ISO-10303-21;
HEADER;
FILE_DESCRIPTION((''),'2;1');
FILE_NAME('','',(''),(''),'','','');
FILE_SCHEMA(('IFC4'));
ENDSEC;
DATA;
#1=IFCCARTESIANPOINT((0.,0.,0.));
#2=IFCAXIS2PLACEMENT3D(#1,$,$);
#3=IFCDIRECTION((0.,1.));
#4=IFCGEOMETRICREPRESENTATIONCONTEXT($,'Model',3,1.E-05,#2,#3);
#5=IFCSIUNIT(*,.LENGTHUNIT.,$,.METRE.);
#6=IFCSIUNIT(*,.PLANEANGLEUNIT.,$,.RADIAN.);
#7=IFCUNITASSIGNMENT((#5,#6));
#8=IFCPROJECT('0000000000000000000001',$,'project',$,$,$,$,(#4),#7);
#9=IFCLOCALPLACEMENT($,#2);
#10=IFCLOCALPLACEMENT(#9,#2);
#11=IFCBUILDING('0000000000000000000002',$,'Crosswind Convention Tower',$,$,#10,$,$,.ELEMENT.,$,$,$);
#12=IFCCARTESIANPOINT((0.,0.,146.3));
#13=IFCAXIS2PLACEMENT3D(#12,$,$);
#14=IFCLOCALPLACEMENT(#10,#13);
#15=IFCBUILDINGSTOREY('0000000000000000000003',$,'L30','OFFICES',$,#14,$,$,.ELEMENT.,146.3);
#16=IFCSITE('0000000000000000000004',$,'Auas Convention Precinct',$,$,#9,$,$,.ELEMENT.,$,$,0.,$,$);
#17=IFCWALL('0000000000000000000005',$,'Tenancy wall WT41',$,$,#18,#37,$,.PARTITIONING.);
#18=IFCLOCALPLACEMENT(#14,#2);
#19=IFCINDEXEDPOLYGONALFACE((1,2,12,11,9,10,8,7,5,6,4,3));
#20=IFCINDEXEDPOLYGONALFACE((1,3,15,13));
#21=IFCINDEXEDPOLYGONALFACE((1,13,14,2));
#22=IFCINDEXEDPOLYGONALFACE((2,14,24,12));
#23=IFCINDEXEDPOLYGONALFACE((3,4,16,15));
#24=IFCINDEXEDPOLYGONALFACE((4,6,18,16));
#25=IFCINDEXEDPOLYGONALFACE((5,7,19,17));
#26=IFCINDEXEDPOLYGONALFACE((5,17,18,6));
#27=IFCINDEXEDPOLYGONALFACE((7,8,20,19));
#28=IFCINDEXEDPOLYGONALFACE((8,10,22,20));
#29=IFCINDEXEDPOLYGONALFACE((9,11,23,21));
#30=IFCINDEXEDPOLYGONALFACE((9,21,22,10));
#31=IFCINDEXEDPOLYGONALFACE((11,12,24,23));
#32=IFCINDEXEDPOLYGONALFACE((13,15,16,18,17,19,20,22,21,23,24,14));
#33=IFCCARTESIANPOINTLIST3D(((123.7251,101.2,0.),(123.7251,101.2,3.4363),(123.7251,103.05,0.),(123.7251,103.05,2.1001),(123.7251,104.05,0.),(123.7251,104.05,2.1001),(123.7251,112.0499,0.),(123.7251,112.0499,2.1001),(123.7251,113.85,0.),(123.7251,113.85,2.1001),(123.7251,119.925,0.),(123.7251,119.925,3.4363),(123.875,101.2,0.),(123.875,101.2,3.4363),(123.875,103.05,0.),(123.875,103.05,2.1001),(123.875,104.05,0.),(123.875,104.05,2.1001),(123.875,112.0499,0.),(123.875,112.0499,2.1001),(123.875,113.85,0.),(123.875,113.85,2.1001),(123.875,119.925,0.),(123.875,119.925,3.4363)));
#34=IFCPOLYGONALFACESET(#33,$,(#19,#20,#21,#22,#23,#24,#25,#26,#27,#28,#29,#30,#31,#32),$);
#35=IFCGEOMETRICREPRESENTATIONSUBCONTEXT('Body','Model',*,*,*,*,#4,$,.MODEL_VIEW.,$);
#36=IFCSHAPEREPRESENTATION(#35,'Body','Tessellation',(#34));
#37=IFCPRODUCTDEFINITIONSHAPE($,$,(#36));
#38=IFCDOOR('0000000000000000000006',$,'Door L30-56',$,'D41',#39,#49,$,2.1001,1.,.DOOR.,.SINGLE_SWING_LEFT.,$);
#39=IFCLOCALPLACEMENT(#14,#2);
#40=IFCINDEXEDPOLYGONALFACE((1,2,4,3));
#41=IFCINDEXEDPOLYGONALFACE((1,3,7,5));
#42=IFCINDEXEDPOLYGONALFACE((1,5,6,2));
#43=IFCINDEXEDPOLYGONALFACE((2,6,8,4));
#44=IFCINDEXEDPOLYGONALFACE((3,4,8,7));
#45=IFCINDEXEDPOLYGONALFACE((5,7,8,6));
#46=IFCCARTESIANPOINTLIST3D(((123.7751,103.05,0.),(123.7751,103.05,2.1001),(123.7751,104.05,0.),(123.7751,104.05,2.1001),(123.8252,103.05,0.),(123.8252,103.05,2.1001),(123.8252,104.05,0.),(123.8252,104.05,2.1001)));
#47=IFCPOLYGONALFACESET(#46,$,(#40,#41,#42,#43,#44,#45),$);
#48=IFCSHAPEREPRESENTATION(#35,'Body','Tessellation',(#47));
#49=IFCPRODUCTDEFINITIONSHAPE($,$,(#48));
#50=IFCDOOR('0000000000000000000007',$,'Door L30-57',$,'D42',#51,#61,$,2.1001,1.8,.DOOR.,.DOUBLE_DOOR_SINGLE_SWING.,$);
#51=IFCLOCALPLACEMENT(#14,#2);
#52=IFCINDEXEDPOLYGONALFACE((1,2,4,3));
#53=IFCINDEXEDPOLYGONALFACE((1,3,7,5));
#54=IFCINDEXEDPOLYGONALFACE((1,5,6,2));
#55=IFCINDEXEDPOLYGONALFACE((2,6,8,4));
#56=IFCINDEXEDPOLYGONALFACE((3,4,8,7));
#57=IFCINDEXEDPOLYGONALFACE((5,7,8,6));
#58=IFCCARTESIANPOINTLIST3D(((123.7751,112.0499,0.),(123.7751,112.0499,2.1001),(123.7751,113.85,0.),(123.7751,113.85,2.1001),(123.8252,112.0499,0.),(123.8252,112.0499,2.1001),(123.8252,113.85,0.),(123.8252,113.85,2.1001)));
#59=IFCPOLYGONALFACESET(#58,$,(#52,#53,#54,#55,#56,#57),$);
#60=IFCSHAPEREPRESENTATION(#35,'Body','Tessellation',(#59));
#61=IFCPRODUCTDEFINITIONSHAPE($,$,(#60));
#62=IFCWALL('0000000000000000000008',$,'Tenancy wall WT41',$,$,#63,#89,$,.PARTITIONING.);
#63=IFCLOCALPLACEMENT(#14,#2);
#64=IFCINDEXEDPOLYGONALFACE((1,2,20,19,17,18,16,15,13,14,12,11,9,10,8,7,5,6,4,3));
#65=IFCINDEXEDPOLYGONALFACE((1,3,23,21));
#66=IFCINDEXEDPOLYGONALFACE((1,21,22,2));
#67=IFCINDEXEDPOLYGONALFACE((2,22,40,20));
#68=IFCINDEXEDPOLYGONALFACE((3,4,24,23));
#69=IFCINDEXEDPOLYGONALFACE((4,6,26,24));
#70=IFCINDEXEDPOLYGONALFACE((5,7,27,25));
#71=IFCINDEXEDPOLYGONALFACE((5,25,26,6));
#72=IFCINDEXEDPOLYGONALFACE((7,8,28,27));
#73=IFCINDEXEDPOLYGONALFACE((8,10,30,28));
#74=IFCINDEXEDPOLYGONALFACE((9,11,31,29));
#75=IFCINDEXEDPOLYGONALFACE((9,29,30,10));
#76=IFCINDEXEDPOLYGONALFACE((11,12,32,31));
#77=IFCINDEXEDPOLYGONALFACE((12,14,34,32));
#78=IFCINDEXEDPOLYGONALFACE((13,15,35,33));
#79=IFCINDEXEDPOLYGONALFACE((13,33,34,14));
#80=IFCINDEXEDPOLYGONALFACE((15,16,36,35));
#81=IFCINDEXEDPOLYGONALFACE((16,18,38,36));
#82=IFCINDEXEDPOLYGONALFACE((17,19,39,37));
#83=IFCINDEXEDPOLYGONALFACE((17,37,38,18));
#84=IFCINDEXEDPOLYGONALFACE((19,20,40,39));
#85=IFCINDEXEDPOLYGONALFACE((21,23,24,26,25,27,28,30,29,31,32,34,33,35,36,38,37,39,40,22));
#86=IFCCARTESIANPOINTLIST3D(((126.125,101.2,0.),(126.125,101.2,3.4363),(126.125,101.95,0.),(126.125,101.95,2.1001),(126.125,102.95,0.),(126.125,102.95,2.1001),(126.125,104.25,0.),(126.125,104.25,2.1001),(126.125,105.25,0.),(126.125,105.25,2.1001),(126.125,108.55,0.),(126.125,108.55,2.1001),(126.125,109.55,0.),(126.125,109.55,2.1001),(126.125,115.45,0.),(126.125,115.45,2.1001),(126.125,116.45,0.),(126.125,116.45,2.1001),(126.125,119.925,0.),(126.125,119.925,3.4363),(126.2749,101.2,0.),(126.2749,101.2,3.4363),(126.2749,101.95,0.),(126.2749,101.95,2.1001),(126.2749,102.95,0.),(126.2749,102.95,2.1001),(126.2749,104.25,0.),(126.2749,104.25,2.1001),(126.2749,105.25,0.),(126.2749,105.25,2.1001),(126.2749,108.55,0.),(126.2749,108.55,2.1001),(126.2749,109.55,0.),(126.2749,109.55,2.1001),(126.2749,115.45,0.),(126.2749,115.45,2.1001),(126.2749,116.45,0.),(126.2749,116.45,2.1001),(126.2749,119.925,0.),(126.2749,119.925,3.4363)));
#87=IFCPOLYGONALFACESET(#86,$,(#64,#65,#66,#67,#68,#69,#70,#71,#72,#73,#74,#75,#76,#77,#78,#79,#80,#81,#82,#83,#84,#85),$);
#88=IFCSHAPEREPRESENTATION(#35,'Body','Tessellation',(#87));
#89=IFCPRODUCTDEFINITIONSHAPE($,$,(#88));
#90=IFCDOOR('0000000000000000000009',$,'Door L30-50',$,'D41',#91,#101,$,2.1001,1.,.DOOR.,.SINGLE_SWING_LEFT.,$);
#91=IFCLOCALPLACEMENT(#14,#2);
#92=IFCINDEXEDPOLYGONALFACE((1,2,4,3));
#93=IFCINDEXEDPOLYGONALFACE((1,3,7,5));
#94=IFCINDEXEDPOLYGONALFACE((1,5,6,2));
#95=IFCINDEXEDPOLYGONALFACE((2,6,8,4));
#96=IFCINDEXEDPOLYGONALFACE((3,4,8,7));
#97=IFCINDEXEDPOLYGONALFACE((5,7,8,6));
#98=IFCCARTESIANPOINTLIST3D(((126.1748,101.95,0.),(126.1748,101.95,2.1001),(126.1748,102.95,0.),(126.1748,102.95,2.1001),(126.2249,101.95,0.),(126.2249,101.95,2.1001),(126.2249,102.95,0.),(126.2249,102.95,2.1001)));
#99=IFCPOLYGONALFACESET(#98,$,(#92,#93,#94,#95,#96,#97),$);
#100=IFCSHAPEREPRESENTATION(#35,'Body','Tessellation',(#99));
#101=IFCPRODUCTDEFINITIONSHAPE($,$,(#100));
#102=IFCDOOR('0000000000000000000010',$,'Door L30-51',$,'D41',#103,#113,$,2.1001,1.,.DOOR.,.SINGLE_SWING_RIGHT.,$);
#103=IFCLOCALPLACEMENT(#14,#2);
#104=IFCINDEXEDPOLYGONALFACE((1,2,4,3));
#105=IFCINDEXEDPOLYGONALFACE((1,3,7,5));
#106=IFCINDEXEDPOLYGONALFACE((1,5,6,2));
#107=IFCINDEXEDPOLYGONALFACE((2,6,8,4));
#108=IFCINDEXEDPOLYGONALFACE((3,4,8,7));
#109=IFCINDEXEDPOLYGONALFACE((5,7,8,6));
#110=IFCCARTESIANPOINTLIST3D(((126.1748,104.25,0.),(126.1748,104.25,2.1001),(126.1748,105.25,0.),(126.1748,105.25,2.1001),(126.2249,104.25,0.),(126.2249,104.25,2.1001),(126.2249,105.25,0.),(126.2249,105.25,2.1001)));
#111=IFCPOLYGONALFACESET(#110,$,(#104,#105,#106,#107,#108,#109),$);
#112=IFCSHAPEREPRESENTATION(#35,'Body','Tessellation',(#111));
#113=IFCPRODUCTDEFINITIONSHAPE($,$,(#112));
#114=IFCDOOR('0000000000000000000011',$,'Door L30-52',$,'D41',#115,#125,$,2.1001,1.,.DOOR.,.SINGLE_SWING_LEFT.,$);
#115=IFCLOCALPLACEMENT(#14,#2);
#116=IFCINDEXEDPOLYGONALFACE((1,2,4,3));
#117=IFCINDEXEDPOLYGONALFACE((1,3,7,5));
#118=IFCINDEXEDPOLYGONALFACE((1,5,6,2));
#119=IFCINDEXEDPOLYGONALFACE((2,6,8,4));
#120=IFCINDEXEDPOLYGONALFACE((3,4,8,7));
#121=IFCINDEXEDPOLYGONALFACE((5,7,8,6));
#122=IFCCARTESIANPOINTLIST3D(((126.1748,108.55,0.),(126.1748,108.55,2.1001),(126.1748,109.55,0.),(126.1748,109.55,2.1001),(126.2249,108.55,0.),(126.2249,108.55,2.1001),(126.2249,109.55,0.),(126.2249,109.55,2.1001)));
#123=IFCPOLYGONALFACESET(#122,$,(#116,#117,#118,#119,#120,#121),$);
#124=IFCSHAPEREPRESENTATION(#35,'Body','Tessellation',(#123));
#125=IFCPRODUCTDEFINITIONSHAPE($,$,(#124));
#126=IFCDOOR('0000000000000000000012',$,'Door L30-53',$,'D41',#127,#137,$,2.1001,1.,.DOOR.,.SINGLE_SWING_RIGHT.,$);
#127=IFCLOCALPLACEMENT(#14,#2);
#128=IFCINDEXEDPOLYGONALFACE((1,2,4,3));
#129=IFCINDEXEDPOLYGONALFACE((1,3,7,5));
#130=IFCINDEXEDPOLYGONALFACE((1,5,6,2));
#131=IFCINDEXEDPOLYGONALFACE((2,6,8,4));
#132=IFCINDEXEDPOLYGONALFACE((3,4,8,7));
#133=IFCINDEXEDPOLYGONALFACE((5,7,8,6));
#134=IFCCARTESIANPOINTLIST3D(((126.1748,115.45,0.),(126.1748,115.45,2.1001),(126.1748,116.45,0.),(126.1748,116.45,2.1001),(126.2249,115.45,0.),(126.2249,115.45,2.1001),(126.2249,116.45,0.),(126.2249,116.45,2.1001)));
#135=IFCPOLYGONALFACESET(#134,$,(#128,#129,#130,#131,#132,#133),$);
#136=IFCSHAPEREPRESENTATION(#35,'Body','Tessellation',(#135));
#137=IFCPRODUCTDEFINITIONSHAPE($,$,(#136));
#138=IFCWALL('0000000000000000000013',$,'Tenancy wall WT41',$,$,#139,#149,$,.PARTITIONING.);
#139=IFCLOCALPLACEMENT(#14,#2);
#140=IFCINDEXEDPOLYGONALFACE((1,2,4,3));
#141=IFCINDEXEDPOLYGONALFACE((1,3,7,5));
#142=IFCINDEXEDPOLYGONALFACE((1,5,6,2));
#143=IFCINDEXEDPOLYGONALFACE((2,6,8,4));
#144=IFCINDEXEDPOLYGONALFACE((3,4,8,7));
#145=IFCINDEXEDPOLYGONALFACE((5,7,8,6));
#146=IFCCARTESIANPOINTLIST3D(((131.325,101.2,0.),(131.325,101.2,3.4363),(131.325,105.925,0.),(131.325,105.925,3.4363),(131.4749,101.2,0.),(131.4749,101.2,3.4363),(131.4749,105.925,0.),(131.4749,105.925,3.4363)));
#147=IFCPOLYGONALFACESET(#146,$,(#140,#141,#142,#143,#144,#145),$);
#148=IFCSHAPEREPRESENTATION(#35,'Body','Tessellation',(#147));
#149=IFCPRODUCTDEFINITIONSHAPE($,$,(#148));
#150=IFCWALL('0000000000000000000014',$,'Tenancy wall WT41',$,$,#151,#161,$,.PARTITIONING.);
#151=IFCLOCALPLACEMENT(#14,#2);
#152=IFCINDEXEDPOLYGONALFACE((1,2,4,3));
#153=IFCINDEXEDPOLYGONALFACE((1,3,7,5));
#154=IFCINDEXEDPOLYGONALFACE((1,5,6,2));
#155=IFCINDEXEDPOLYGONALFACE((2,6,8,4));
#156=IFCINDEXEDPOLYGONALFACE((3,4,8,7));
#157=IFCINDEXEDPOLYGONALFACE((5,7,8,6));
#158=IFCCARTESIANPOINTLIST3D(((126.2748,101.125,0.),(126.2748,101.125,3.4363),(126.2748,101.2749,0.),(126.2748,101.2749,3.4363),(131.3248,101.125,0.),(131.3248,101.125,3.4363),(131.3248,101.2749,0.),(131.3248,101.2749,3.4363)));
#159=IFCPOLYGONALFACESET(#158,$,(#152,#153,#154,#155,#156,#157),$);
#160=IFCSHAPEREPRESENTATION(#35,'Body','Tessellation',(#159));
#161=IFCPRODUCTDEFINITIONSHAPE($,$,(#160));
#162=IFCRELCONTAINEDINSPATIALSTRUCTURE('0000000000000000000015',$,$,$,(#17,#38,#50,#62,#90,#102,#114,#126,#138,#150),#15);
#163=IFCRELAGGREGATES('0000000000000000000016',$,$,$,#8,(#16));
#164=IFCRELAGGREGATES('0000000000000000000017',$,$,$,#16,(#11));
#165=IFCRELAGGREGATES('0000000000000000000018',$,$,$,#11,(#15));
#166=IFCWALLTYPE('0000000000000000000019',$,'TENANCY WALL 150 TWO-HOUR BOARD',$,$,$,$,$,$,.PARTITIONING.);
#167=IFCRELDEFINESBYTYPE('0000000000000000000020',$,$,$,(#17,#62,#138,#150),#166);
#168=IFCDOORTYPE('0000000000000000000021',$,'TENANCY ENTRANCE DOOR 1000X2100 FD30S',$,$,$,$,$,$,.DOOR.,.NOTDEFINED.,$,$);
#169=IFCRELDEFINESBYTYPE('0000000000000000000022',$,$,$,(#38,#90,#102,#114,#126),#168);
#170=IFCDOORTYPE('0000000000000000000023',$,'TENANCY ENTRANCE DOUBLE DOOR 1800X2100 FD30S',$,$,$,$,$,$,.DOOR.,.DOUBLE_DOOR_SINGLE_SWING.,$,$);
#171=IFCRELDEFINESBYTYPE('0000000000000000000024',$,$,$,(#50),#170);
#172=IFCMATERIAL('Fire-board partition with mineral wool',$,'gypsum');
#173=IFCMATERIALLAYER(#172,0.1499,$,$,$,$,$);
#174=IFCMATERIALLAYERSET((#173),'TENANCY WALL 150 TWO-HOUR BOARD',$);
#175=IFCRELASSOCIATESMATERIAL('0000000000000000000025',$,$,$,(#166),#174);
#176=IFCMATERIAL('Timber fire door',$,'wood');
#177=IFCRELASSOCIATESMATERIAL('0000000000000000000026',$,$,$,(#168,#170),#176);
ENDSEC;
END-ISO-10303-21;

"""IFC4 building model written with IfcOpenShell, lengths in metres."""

from ifc_helpers import new_model, si_unit, direction, frame, frame_2d, origin, place, context, subcontext, project, spatial, rectangle, extrude, material, layer, layer_set, type_object, element, fill, save


model = new_model("IFC4")

# Units and contexts
model_context = context("Model", 3, precision=1e-05, world=origin(), true_north=direction((0.0, 1.0)))
body_context = subcontext(model_context, "Body", "Model", "MODEL_VIEW")
ifc_project = project(units=[si_unit("LENGTHUNIT", "METRE"), si_unit("PLANEANGLEUNIT", "RADIAN")], contexts=[model_context])

# Site, building, storey
site_placement = place(None, origin())
site = spatial("IfcSite", under=ifc_project, at=site_placement, Name="Auas Convention Precinct", CompositionType="ELEMENT", RefElevation=0.0)
building_placement = place(site_placement, origin())
building = spatial("IfcBuilding", under=site, at=building_placement, Name="Crosswind Convention Tower", CompositionType="ELEMENT")
storey_placement = place(building_placement, frame((0.0, 0.0, 146.3)))
storey = spatial("IfcBuildingStorey", under=building, at=storey_placement, Name="L30", Description="OFFICES", CompositionType="ELEMENT", Elevation=146.3)

# Walls, openings, doors
ifc_material_1 = material(Name="Fire-board partition with mineral wool", Category="gypsum")
ifc_layer_1 = layer(ifc_material_1, 0.1499)
ifc_layer_set_1 = layer_set([ifc_layer_1], Name="TENANCY WALL 150 TWO-HOUR BOARD")
wall_type_1 = type_object("IfcWallType", Name="TENANCY WALL 150 TWO-HOUR BOARD", PredefinedType="PARTITIONING", material=ifc_layer_set_1)
wall_1_placement = place(storey_placement, frame((123.8, 101.2, 0.0), z_axis=(0.0, 0.0, 1.0), x_axis=(0.0, 1.0, 0.0)))
wall_1 = element("IfcWall", 1, at=wall_1_placement, inside=storey, type_object=wall_type_1, Name="Tenancy wall WT41", PredefinedType="PARTITIONING", context=body_context, shape_type="SweptSolid", body=[
    extrude(rectangle(XDim=18.7251, YDim=0.1499, at=frame_2d((9.3625, 0.0))), origin(), (0.0, 0.0, 1.0), 3.4363),
])
opening_1_placement = place(wall_1_placement, frame((1.8501, 0.0, 0.0)))
opening_1 = element("IfcOpeningElement", 2, at=opening_1_placement, cuts=wall_1, PredefinedType="OPENING", context=body_context, shape_type="SweptSolid", body=[
    extrude(rectangle(XDim=1.0, YDim=2.1001, at=frame_2d((0.5, 1.05))), frame((0.0, 0.085, 0.0), z_axis=(0.0, -1.0, 0.0), x_axis=(1.0, 0.0, 0.0)), (0.0, 0.0, 1.0), 0.1699),
])
opening_2_placement = place(wall_1_placement, frame((10.8501, 0.0, 0.0)))
opening_2 = element("IfcOpeningElement", 3, at=opening_2_placement, cuts=wall_1, PredefinedType="OPENING", context=body_context, shape_type="SweptSolid", body=[
    extrude(rectangle(XDim=1.8, YDim=2.1001, at=frame_2d((0.8999, 1.05))), frame((0.0, 0.085, 0.0), z_axis=(0.0, -1.0, 0.0), x_axis=(1.0, 0.0, 0.0)), (0.0, 0.0, 1.0), 0.1699),
])
ifc_material_2 = material(Name="Timber fire door", Category="wood")
door_type_1 = type_object("IfcDoorType", Name="TENANCY ENTRANCE DOOR 1000X2100 FD30S", OperationType="NOTDEFINED", PredefinedType="DOOR", material=ifc_material_2)
door_1_placement = place(opening_1_placement, origin())
door_1 = element("IfcDoor", 4, at=door_1_placement, inside=storey, type_object=door_type_1, Name="Door L30-56", ObjectType="D41", OperationType="SINGLE_SWING_LEFT", OverallHeight=2.1001, OverallWidth=1.0, PredefinedType="DOOR", context=body_context, shape_type="SweptSolid", body=[
    extrude(rectangle(XDim=1.0, YDim=2.1001, at=frame_2d((0.5, 1.05))), frame((0.0, 0.0249, 0.0), z_axis=(0.0, -1.0, 0.0), x_axis=(1.0, 0.0, 0.0)), (0.0, 0.0, 1.0), 0.05),
])
fill(opening_1, door_1)
door_type_2 = type_object("IfcDoorType", Name="TENANCY ENTRANCE DOUBLE DOOR 1800X2100 FD30S", OperationType="DOUBLE_DOOR_SINGLE_SWING", PredefinedType="DOOR", material=ifc_material_2)
door_2_placement = place(opening_2_placement, origin())
door_2 = element("IfcDoor", 5, at=door_2_placement, inside=storey, type_object=door_type_2, Name="Door L30-57", ObjectType="D42", OperationType="DOUBLE_DOOR_SINGLE_SWING", OverallHeight=2.1001, OverallWidth=1.8, PredefinedType="DOOR", context=body_context, shape_type="SweptSolid", body=[
    extrude(rectangle(XDim=1.8, YDim=2.1001, at=frame_2d((0.8999, 1.05))), frame((0.0, 0.0249, 0.0), z_axis=(0.0, -1.0, 0.0), x_axis=(1.0, 0.0, 0.0)), (0.0, 0.0, 1.0), 0.05),
])
fill(opening_2, door_2)
wall_2_placement = place(storey_placement, frame((126.2, 101.2, 0.0), z_axis=(0.0, 0.0, 1.0), x_axis=(0.0, 1.0, 0.0)))
wall_2 = element("IfcWall", 6, at=wall_2_placement, inside=storey, type_object=wall_type_1, Name="Tenancy wall WT41", PredefinedType="PARTITIONING", context=body_context, shape_type="SweptSolid", body=[
    extrude(rectangle(XDim=18.7251, YDim=0.1499, at=frame_2d((9.3625, 0.0))), origin(), (0.0, 0.0, 1.0), 3.4363),
])
opening_3_placement = place(wall_2_placement, frame((0.75, 0.0, 0.0)))
opening_3 = element("IfcOpeningElement", 7, at=opening_3_placement, cuts=wall_2, PredefinedType="OPENING", context=body_context, shape_type="SweptSolid", body=[
    extrude(rectangle(XDim=1.0, YDim=2.1001, at=frame_2d((0.5, 1.05))), frame((0.0, 0.085, 0.0), z_axis=(0.0, -1.0, 0.0), x_axis=(1.0, 0.0, 0.0)), (0.0, 0.0, 1.0), 0.1699),
])
opening_4_placement = place(wall_2_placement, frame((3.05, 0.0, 0.0)))
opening_4 = element("IfcOpeningElement", 8, at=opening_4_placement, cuts=wall_2, PredefinedType="OPENING", context=body_context, shape_type="SweptSolid", body=[
    extrude(rectangle(XDim=1.0, YDim=2.1001, at=frame_2d((0.5, 1.05))), frame((0.0, 0.085, 0.0), z_axis=(0.0, -1.0, 0.0), x_axis=(1.0, 0.0, 0.0)), (0.0, 0.0, 1.0), 0.1699),
])
opening_5_placement = place(wall_2_placement, frame((7.3501, 0.0, 0.0)))
opening_5 = element("IfcOpeningElement", 9, at=opening_5_placement, cuts=wall_2, PredefinedType="OPENING", context=body_context, shape_type="SweptSolid", body=[
    extrude(rectangle(XDim=1.0, YDim=2.1001, at=frame_2d((0.5, 1.05))), frame((0.0, 0.085, 0.0), z_axis=(0.0, -1.0, 0.0), x_axis=(1.0, 0.0, 0.0)), (0.0, 0.0, 1.0), 0.1699),
])
opening_6_placement = place(wall_2_placement, frame((14.25, 0.0, 0.0)))
opening_6 = element("IfcOpeningElement", 10, at=opening_6_placement, cuts=wall_2, PredefinedType="OPENING", context=body_context, shape_type="SweptSolid", body=[
    extrude(rectangle(XDim=1.0, YDim=2.1001, at=frame_2d((0.5, 1.05))), frame((0.0, 0.085, 0.0), z_axis=(0.0, -1.0, 0.0), x_axis=(1.0, 0.0, 0.0)), (0.0, 0.0, 1.0), 0.1699),
])
door_3_placement = place(opening_3_placement, frame((1.0, 0.0, 0.0), z_axis=(0.0, 0.0, 1.0), x_axis=(-1.0, 0.0, 0.0)))
door_3 = element("IfcDoor", 11, at=door_3_placement, inside=storey, type_object=door_type_1, Name="Door L30-50", ObjectType="D41", OperationType="SINGLE_SWING_LEFT", OverallHeight=2.1001, OverallWidth=1.0, PredefinedType="DOOR", context=body_context, shape_type="SweptSolid", body=[
    extrude(rectangle(XDim=1.0, YDim=2.1001, at=frame_2d((0.5, 1.05))), frame((0.0, 0.0249, 0.0), z_axis=(0.0, -1.0, 0.0), x_axis=(1.0, 0.0, 0.0)), (0.0, 0.0, 1.0), 0.05),
])
fill(opening_3, door_3)
door_4_placement = place(opening_4_placement, frame((1.0, 0.0, 0.0), z_axis=(0.0, 0.0, 1.0), x_axis=(-1.0, 0.0, 0.0)))
door_4 = element("IfcDoor", 12, at=door_4_placement, inside=storey, type_object=door_type_1, Name="Door L30-51", ObjectType="D41", OperationType="SINGLE_SWING_RIGHT", OverallHeight=2.1001, OverallWidth=1.0, PredefinedType="DOOR", context=body_context, shape_type="SweptSolid", body=[
    extrude(rectangle(XDim=1.0, YDim=2.1001, at=frame_2d((0.5, 1.05))), frame((0.0, 0.0249, 0.0), z_axis=(0.0, -1.0, 0.0), x_axis=(1.0, 0.0, 0.0)), (0.0, 0.0, 1.0), 0.05),
])
fill(opening_4, door_4)
door_5_placement = place(opening_5_placement, frame((1.0, 0.0, 0.0), z_axis=(0.0, 0.0, 1.0), x_axis=(-1.0, 0.0, 0.0)))
door_5 = element("IfcDoor", 13, at=door_5_placement, inside=storey, type_object=door_type_1, Name="Door L30-52", ObjectType="D41", OperationType="SINGLE_SWING_LEFT", OverallHeight=2.1001, OverallWidth=1.0, PredefinedType="DOOR", context=body_context, shape_type="SweptSolid", body=[
    extrude(rectangle(XDim=1.0, YDim=2.1001, at=frame_2d((0.5, 1.05))), frame((0.0, 0.0249, 0.0), z_axis=(0.0, -1.0, 0.0), x_axis=(1.0, 0.0, 0.0)), (0.0, 0.0, 1.0), 0.05),
])
fill(opening_5, door_5)
door_6_placement = place(opening_6_placement, frame((1.0, 0.0, 0.0), z_axis=(0.0, 0.0, 1.0), x_axis=(-1.0, 0.0, 0.0)))
door_6 = element("IfcDoor", 14, at=door_6_placement, inside=storey, type_object=door_type_1, Name="Door L30-53", ObjectType="D41", OperationType="SINGLE_SWING_RIGHT", OverallHeight=2.1001, OverallWidth=1.0, PredefinedType="DOOR", context=body_context, shape_type="SweptSolid", body=[
    extrude(rectangle(XDim=1.0, YDim=2.1001, at=frame_2d((0.5, 1.05))), frame((0.0, 0.0249, 0.0), z_axis=(0.0, -1.0, 0.0), x_axis=(1.0, 0.0, 0.0)), (0.0, 0.0, 1.0), 0.05),
])
fill(opening_6, door_6)

# Walls
wall_3_placement = place(storey_placement, frame((131.3999, 101.2, 0.0), z_axis=(0.0, 0.0, 1.0), x_axis=(0.0, 1.0, 0.0)))
element("IfcWall", 15, at=wall_3_placement, inside=storey, type_object=wall_type_1, Name="Tenancy wall WT41", PredefinedType="PARTITIONING", context=body_context, shape_type="SweptSolid", body=[
    extrude(rectangle(XDim=4.7251, YDim=0.1499, at=frame_2d((2.3625, 0.0))), origin(), (0.0, 0.0, 1.0), 3.4363),
])
wall_4_placement = place(storey_placement, frame((126.2749, 101.2, 0.0), z_axis=(0.0, 0.0, 1.0), x_axis=(1.0, 0.0, 0.0)))
element("IfcWall", 16, at=wall_4_placement, inside=storey, type_object=wall_type_1, Name="Tenancy wall WT41", PredefinedType="PARTITIONING", context=body_context, shape_type="SweptSolid", body=[
    extrude(rectangle(XDim=5.05, YDim=0.1499, at=frame_2d((2.5249, 0.0))), origin(), (0.0, 0.0, 1.0), 3.4363),
])

save(model, "model.ifc")
